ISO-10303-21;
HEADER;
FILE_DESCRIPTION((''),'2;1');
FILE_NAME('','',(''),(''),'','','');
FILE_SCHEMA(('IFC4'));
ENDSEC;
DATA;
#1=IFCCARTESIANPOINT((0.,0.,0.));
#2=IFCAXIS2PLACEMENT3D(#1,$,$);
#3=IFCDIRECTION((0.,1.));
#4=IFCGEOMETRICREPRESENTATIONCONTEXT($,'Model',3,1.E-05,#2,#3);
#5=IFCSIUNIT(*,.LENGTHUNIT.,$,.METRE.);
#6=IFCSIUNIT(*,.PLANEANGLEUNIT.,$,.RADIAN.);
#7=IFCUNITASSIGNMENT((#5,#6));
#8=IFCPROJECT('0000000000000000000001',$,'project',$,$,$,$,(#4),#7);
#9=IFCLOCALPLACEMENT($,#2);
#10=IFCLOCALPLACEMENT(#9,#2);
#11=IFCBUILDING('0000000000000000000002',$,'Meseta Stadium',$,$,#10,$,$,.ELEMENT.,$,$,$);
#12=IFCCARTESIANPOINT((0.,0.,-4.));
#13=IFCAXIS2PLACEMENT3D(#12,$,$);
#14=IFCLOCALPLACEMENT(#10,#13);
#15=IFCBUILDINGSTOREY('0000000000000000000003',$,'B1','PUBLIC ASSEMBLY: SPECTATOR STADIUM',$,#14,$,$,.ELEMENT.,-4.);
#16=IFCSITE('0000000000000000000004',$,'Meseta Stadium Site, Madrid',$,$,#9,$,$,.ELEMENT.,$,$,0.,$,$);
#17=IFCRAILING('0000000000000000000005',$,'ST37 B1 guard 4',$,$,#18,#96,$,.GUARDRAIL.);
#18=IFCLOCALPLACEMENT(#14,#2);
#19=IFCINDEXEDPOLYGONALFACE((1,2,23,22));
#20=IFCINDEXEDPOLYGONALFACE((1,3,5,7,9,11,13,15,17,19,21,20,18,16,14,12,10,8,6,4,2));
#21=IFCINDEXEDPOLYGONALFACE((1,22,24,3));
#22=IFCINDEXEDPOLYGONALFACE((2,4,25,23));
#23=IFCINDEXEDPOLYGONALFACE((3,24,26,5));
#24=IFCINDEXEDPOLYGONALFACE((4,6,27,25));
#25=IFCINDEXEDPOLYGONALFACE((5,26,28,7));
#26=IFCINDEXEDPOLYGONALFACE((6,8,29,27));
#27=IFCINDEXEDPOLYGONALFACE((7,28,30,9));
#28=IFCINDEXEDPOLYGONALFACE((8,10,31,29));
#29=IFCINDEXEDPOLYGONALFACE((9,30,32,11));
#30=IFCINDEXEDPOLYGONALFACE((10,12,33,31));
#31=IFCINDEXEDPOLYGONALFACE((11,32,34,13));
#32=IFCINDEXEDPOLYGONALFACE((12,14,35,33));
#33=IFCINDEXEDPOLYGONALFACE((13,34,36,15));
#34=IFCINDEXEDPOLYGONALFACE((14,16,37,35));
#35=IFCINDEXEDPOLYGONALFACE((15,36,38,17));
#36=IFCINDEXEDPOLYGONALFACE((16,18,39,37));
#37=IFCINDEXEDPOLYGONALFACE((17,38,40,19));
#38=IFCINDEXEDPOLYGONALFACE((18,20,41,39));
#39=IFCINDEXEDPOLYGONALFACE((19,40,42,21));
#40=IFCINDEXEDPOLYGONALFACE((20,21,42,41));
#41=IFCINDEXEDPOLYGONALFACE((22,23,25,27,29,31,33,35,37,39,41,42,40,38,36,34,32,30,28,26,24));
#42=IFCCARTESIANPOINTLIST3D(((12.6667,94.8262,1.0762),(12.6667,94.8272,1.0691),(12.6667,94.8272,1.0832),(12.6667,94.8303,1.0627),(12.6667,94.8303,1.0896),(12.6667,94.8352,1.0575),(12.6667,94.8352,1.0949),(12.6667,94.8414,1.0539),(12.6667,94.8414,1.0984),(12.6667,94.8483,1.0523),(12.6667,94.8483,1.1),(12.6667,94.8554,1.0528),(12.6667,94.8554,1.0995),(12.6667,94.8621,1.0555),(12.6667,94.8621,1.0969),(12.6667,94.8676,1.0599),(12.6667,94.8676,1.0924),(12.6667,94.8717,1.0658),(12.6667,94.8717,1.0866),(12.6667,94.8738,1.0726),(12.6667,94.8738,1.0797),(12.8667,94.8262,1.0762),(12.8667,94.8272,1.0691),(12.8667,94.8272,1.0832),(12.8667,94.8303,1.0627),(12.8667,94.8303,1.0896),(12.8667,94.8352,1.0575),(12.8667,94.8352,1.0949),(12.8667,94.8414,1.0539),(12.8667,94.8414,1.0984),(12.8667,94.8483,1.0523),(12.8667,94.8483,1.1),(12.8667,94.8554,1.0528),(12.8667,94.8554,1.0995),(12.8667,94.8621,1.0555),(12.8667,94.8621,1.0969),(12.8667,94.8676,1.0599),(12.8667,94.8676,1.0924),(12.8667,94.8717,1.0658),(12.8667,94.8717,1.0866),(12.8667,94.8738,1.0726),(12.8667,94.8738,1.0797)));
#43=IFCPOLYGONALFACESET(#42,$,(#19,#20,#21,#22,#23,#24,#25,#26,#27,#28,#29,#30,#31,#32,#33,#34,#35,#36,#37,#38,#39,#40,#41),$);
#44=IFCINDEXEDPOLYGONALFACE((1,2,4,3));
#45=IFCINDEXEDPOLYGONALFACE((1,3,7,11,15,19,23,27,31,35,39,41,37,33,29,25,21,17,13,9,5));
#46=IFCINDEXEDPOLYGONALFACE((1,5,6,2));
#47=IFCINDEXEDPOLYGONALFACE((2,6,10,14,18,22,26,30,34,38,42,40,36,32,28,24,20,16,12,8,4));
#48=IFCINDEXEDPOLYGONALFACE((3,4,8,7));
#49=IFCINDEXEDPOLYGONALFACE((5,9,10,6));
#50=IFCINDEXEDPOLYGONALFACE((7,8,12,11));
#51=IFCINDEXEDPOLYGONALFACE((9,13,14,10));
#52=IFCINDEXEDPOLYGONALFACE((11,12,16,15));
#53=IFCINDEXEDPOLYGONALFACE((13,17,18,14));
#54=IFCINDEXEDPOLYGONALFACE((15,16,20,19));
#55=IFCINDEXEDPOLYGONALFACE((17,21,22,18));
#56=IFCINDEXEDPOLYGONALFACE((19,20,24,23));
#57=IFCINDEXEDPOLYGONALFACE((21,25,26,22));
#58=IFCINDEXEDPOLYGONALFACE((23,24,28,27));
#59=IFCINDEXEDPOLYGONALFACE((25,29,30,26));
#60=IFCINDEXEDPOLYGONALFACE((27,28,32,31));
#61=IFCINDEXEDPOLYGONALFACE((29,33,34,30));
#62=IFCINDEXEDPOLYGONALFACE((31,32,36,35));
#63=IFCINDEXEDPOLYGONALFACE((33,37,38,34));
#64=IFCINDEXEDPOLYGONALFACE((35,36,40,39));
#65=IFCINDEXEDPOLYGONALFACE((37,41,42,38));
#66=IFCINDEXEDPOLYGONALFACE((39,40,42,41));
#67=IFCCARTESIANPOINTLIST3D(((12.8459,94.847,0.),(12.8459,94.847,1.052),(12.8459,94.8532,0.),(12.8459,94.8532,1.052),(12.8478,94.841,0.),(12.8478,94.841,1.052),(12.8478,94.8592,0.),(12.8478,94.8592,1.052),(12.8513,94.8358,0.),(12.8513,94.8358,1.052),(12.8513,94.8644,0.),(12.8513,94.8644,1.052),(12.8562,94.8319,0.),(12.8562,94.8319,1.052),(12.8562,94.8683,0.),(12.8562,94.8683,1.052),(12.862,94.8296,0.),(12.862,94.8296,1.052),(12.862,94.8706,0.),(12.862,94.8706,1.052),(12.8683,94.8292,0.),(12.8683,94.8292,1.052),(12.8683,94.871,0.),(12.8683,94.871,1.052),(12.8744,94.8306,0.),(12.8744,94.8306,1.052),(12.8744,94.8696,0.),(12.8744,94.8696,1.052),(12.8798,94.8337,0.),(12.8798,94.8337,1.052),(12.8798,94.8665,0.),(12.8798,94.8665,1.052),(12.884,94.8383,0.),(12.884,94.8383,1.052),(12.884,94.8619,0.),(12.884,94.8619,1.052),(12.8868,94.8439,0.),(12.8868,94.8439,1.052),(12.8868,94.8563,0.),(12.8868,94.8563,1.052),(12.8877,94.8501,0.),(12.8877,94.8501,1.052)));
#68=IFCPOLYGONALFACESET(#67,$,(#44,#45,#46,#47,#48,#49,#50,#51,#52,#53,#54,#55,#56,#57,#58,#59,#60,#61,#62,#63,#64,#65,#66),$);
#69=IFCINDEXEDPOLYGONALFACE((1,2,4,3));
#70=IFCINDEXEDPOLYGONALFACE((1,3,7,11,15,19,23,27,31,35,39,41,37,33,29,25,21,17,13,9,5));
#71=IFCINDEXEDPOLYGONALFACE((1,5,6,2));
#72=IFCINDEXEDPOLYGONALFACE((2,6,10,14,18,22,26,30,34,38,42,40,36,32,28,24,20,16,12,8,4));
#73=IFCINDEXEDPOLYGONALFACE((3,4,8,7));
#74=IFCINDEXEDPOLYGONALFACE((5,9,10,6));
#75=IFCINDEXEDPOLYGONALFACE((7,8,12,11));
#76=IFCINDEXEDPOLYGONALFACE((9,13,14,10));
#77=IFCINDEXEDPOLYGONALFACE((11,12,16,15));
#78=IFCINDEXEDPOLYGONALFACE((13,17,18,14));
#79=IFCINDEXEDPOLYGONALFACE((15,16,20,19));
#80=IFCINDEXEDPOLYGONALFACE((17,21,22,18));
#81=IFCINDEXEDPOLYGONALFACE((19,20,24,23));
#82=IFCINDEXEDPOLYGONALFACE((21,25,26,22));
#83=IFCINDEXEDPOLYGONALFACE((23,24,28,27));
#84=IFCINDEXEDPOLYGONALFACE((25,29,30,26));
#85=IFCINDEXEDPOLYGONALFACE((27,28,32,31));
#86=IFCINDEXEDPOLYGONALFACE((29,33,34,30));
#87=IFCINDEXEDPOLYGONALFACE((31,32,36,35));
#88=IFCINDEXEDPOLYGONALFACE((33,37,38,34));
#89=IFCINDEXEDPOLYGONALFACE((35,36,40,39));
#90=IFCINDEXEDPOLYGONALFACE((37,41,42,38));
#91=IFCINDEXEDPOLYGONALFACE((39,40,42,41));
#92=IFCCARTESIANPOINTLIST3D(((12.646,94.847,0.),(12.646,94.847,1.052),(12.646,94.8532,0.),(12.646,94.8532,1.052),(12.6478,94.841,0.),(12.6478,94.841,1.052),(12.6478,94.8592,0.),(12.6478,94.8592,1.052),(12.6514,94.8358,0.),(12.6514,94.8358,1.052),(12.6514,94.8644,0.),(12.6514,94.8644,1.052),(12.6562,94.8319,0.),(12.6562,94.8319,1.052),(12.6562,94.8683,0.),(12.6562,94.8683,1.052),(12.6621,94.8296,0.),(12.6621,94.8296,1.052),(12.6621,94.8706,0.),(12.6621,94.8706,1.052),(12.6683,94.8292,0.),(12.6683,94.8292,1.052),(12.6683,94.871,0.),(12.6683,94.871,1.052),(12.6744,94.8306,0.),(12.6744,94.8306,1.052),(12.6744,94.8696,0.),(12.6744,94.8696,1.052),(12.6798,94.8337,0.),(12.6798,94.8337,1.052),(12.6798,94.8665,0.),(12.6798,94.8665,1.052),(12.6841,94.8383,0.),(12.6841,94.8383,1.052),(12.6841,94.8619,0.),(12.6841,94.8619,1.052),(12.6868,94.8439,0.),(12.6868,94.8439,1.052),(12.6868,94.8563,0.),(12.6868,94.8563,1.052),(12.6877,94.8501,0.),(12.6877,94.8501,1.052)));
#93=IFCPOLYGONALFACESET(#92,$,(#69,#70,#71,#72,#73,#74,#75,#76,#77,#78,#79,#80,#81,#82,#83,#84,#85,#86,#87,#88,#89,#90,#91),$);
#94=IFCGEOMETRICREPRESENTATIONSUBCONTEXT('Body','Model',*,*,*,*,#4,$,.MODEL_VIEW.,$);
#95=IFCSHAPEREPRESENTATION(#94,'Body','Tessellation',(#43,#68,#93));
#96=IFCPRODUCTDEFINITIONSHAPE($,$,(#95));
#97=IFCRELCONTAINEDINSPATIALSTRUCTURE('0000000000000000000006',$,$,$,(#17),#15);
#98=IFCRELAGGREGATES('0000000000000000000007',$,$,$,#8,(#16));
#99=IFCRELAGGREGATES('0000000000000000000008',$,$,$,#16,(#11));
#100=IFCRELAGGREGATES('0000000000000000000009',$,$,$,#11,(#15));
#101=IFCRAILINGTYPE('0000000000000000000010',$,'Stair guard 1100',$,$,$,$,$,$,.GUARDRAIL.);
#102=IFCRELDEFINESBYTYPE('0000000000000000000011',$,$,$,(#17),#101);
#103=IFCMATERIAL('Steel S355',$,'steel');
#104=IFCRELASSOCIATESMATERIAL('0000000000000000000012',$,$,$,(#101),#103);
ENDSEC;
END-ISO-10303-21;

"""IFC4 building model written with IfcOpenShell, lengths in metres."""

from ifc_helpers import new_model, si_unit, direction, frame, origin, origin_2d, place, context, subcontext, project, spatial, circle, extrude, material, type_object, element, save


model = new_model("IFC4")

# Units and contexts
model_context = context("Model", 3, precision=1e-05, world=origin(), true_north=direction((0.0, 1.0)))
body_context = subcontext(model_context, "Body", "Model", "MODEL_VIEW")
ifc_project = project(units=[si_unit("LENGTHUNIT", "METRE"), si_unit("PLANEANGLEUNIT", "RADIAN")], contexts=[model_context])

# Site, building, storey
site_placement = place(None, origin())
site = spatial("IfcSite", under=ifc_project, at=site_placement, Name="Meseta Stadium Site, Madrid", CompositionType="ELEMENT", RefElevation=0.0)
building_placement = place(site_placement, origin())
building = spatial("IfcBuilding", under=site, at=building_placement, Name="Meseta Stadium", CompositionType="ELEMENT")
storey_placement = place(building_placement, frame((0.0, 0.0, -4.0)))
storey = spatial("IfcBuildingStorey", under=building, at=storey_placement, Name="B1", Description="PUBLIC ASSEMBLY: SPECTATOR STADIUM", CompositionType="ELEMENT", Elevation=-4.0)

# Railing
ifc_material_1 = material(Name="Steel S355", Category="steel")
railing_type_1 = type_object("IfcRailingType", Name="Stair guard 1100", PredefinedType="GUARDRAIL", material=ifc_material_1)
railing_1_placement = place(storey_placement, frame((12.8667, 94.8501, 0.0)))
element("IfcRailing", 1, at=railing_1_placement, inside=storey, type_object=railing_type_1, Name="ST37 B1 guard 4", PredefinedType="GUARDRAIL", context=body_context, shape_type="SweptSolid", body=[
    extrude(circle(Radius=0.0239, at=origin_2d()), frame((0.0, 0.0, 1.0762), z_axis=(-1.0, 0.0, 0.0), x_axis=(0.0, -1.0, 0.0)), (0.0, 0.0, 1.0), 0.2),
    extrude(circle(Radius=0.021, at=origin_2d()), origin(), (0.0, 0.0, 1.0), 1.052),
    extrude(circle(Radius=0.021, at=origin_2d()), frame((-0.2, 0.0, 0.0)), (0.0, 0.0, 1.0), 1.052),
])

save(model, "model.ifc")
